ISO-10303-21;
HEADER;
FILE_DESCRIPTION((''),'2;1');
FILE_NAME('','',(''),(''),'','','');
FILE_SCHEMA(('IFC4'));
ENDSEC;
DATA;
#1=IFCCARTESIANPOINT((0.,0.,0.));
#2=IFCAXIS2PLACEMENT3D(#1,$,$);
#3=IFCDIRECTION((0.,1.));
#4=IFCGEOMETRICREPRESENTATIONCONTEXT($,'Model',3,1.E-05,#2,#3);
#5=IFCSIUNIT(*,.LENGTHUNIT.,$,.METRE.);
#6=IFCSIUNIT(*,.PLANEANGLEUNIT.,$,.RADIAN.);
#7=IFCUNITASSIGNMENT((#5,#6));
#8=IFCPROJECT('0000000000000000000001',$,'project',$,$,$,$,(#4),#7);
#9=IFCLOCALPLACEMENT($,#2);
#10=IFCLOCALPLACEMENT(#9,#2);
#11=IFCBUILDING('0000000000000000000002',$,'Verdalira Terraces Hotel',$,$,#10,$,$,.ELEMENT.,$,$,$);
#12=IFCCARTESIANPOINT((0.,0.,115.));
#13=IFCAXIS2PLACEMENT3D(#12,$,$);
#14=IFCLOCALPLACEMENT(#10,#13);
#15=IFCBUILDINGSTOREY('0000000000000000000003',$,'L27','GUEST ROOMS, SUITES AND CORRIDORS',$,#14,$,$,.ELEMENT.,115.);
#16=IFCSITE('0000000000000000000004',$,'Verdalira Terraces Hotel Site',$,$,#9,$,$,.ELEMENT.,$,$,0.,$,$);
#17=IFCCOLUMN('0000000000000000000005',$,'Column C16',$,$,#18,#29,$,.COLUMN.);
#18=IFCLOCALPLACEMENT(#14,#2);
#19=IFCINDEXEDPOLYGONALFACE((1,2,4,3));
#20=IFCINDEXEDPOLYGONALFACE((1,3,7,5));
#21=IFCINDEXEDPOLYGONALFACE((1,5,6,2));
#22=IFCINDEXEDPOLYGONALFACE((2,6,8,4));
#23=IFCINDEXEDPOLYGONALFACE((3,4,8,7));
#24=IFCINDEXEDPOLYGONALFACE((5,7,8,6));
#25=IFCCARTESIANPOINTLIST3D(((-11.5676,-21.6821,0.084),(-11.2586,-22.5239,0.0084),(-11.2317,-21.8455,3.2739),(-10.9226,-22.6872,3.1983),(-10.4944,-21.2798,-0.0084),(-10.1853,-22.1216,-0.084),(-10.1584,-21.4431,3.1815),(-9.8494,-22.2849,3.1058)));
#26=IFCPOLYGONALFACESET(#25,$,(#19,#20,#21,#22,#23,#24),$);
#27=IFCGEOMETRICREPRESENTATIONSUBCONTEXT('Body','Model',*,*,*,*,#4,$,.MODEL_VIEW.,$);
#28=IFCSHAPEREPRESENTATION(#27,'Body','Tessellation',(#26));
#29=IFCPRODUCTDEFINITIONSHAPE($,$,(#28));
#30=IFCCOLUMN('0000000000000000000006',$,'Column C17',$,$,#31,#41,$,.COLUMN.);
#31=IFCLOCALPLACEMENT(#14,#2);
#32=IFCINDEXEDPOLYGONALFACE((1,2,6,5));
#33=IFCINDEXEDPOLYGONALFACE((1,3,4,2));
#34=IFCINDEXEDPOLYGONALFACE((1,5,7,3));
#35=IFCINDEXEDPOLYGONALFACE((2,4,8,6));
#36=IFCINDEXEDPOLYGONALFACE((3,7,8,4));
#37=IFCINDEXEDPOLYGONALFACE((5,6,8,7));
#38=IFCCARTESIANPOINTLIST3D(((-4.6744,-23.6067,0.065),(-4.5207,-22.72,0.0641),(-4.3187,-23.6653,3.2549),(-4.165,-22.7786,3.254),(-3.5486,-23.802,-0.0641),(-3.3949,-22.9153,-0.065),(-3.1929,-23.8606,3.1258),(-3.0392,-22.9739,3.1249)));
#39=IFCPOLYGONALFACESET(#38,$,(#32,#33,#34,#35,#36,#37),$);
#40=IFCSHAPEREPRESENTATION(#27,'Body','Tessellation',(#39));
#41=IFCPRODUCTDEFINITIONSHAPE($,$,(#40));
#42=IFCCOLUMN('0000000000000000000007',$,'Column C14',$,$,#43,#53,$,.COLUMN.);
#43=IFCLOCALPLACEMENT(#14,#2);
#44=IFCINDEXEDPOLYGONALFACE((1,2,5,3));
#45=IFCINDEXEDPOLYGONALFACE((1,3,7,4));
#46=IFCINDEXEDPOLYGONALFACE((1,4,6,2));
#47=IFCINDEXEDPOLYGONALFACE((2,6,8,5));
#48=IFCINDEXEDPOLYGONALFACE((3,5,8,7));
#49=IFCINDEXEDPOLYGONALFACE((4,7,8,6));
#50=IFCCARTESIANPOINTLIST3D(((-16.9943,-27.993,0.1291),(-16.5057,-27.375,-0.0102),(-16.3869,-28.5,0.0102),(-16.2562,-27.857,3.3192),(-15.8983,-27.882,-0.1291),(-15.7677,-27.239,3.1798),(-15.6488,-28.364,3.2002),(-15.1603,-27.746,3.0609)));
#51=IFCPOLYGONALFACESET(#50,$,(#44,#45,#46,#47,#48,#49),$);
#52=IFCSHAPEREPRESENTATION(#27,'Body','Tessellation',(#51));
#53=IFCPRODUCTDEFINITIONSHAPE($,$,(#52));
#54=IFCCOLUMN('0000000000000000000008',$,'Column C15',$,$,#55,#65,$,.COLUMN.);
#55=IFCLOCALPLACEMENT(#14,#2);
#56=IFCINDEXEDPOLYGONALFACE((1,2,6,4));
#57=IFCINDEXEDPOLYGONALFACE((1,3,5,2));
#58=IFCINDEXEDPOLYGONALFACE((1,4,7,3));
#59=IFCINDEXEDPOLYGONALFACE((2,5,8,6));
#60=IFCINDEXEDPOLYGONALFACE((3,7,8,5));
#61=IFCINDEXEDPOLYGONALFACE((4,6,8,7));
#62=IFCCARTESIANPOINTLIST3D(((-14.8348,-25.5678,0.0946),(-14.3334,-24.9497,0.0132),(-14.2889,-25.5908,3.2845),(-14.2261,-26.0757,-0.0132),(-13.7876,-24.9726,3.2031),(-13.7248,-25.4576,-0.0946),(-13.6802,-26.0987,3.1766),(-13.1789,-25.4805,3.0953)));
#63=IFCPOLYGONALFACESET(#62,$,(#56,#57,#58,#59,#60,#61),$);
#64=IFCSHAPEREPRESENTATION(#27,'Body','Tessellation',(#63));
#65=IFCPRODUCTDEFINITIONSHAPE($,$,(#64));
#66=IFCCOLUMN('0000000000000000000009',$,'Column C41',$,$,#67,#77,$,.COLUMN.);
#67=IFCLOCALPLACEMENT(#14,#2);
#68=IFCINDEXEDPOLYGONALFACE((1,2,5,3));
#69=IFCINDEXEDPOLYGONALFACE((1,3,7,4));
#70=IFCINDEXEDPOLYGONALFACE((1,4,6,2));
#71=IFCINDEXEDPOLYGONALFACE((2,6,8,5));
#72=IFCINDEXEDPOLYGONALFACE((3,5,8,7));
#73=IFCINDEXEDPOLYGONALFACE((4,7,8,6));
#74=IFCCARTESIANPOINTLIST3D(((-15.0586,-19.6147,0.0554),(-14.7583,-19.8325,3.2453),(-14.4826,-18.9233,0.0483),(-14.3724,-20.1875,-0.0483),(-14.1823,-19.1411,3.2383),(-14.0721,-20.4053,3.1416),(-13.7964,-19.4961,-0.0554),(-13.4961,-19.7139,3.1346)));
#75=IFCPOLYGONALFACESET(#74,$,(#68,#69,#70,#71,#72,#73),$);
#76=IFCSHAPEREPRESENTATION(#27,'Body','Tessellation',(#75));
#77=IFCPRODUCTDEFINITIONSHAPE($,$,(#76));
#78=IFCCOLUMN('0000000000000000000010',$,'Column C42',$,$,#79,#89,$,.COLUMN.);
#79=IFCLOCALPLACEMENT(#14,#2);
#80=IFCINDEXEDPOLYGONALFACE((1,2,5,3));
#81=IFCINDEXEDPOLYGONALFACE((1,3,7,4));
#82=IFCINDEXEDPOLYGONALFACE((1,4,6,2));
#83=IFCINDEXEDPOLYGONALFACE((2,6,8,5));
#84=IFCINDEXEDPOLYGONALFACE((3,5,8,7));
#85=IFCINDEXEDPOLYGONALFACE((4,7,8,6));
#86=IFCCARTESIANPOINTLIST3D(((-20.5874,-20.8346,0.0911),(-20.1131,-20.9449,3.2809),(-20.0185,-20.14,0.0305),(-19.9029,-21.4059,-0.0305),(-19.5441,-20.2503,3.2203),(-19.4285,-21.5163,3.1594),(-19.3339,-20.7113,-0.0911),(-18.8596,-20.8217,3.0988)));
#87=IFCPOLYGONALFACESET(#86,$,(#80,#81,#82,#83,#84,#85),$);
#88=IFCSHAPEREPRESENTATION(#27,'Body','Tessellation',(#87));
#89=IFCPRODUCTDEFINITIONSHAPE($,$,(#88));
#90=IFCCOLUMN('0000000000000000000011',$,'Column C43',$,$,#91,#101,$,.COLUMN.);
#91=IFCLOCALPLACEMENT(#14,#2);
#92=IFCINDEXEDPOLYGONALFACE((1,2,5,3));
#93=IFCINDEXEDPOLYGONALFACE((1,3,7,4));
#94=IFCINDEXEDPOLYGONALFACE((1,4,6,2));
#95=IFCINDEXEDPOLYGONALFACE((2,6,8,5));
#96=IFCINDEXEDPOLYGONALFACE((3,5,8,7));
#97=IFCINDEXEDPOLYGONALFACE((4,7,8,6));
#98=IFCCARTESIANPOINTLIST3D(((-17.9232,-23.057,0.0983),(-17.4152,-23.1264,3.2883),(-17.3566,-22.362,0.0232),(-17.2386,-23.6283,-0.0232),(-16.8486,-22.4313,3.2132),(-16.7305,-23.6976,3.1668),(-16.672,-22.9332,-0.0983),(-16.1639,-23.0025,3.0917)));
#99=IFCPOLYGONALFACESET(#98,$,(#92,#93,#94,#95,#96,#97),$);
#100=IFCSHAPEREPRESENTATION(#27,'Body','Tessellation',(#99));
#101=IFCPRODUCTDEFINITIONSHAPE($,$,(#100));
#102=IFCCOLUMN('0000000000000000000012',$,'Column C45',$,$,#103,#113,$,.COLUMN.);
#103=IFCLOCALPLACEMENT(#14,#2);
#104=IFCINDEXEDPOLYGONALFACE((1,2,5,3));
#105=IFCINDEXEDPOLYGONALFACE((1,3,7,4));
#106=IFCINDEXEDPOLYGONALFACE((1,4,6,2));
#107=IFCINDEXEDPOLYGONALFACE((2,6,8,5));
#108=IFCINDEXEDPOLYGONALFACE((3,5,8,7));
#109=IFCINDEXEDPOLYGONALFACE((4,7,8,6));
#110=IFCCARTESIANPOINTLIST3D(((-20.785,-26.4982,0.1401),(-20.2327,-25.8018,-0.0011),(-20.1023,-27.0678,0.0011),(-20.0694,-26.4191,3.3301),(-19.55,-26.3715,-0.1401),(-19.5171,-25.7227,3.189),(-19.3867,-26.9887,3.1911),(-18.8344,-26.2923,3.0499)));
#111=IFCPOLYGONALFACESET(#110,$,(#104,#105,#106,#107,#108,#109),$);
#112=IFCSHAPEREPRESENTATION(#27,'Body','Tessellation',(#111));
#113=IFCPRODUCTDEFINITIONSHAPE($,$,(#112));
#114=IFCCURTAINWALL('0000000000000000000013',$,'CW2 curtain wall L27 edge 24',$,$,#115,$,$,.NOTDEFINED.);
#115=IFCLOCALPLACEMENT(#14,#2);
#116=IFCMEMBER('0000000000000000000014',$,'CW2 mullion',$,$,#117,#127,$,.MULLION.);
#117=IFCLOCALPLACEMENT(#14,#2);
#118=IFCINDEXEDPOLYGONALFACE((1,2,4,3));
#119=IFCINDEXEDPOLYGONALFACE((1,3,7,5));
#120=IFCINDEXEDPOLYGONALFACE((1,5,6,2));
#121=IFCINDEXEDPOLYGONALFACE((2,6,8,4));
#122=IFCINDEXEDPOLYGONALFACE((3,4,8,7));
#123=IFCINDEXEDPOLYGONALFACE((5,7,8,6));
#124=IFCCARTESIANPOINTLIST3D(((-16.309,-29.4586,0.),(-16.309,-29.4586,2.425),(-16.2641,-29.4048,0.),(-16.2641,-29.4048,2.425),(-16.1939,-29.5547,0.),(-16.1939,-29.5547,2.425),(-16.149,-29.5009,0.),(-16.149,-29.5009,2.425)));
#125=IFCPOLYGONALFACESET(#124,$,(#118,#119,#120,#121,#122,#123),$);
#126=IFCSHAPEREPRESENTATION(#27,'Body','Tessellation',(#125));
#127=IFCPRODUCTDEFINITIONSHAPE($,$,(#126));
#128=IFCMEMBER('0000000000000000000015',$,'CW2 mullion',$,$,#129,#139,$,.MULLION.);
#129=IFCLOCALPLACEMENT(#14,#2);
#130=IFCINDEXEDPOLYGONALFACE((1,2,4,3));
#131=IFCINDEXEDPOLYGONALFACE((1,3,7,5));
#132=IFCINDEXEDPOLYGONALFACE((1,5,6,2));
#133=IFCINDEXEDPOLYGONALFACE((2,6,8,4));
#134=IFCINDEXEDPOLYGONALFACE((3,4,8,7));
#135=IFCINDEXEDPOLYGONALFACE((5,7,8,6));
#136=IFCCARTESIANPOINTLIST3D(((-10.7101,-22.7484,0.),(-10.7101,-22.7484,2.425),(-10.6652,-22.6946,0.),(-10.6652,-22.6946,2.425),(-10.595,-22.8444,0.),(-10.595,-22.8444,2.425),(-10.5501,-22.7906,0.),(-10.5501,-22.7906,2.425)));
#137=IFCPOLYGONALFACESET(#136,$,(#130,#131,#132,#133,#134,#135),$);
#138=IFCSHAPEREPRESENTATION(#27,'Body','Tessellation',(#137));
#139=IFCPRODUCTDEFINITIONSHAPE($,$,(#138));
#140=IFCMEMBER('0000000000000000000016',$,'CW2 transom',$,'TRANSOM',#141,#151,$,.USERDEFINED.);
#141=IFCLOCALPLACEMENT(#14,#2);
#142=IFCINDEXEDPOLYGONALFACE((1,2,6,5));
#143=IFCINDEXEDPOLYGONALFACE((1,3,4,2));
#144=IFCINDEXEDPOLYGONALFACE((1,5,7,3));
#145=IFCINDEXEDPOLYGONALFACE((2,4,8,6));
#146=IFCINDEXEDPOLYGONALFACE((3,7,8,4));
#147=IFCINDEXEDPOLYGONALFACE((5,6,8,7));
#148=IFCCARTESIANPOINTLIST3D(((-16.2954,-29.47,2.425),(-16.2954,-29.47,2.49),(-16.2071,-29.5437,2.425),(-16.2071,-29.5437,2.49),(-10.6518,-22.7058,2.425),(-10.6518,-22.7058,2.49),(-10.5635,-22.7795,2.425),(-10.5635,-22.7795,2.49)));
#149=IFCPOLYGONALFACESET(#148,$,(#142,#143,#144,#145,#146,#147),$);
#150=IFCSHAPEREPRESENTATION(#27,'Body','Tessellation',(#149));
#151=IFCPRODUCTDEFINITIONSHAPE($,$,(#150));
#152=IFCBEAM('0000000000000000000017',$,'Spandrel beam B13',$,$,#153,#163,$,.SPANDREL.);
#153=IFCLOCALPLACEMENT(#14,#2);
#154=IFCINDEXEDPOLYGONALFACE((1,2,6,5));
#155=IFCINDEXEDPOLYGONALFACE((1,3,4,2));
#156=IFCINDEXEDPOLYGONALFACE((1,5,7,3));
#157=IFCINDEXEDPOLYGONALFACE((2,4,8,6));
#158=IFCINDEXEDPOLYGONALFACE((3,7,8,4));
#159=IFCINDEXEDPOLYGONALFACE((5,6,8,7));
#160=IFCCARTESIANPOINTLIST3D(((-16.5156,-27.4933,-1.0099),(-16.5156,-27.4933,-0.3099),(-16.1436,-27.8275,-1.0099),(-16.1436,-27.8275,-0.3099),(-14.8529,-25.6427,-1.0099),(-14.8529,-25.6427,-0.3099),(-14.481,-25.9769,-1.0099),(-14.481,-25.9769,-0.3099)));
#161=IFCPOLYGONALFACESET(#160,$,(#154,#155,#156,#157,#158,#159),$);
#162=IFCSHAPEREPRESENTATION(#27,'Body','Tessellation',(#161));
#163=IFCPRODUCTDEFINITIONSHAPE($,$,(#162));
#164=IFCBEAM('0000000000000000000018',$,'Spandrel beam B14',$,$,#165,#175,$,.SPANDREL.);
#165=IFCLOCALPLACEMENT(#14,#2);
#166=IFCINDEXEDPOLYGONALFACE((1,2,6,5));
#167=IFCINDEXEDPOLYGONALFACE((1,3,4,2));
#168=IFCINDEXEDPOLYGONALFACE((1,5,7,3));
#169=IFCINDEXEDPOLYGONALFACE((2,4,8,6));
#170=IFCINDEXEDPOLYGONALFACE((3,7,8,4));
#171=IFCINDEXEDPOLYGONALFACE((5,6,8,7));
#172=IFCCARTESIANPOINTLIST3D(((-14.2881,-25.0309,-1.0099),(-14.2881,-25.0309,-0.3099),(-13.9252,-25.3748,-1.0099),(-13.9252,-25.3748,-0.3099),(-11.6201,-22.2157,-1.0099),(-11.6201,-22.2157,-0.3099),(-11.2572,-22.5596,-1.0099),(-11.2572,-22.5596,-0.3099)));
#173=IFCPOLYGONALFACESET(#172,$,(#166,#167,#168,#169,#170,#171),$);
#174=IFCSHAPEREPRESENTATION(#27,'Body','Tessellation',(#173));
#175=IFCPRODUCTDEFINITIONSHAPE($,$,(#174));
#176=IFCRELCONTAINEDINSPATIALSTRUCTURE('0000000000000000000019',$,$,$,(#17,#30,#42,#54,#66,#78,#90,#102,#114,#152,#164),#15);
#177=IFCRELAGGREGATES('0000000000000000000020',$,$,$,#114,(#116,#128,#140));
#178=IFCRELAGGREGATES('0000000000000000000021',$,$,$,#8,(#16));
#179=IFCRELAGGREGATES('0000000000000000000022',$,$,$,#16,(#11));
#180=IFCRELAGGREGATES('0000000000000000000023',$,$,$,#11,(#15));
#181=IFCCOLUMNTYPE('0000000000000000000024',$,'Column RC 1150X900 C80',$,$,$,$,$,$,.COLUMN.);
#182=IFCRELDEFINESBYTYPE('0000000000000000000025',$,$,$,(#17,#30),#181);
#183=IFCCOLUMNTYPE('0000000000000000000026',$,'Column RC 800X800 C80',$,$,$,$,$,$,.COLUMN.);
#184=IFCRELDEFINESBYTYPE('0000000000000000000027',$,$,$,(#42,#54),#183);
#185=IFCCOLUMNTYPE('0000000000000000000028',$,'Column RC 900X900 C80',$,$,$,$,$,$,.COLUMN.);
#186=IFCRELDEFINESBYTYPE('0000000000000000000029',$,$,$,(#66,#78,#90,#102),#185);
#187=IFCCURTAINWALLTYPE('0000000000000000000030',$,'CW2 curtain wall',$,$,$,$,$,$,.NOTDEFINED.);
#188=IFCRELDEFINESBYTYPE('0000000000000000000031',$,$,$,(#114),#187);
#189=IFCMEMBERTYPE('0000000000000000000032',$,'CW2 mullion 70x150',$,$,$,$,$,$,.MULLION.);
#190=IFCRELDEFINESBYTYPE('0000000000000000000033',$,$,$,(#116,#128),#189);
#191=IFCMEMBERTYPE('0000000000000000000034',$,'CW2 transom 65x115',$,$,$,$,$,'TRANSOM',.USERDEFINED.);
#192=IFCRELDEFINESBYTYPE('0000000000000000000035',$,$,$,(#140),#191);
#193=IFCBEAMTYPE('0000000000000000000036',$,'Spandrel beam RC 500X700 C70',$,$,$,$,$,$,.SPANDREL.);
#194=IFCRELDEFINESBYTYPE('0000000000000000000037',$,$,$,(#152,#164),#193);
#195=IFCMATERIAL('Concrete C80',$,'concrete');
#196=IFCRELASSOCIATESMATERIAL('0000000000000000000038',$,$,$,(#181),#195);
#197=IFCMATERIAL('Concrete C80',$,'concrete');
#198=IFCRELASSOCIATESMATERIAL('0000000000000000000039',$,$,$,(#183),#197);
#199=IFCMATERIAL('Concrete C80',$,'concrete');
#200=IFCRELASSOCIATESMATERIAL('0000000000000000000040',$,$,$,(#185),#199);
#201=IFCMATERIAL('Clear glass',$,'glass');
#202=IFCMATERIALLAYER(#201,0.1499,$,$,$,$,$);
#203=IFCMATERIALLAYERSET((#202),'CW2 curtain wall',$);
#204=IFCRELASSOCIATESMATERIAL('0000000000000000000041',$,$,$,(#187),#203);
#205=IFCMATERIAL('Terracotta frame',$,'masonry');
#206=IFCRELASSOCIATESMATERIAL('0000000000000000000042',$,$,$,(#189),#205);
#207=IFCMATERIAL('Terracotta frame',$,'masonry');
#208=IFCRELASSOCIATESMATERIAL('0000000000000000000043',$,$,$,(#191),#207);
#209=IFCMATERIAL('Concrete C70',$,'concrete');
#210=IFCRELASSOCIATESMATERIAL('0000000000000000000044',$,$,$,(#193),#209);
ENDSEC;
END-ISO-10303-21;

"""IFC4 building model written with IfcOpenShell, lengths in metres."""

from ifc_helpers import new_model, si_unit, direction, frame, origin, origin_2d, place, context, subcontext, project, spatial, rectangle, extrude, material, layer, layer_set, material_profile, profile_set, type_object, element, aggregate, save


model = new_model("IFC4")

# Units and contexts
model_context = context("Model", 3, precision=1e-05, world=origin(), true_north=direction((0.0, 1.0)))
body_context = subcontext(model_context, "Body", "Model", "MODEL_VIEW")
ifc_project = project(units=[si_unit("LENGTHUNIT", "METRE"), si_unit("PLANEANGLEUNIT", "RADIAN")], contexts=[model_context])

# Site, building, storey
site_placement = place(None, origin())
site = spatial("IfcSite", under=ifc_project, at=site_placement, Name="Verdalira Terraces Hotel Site", CompositionType="ELEMENT", RefElevation=0.0)
building_placement = place(site_placement, origin())
building = spatial("IfcBuilding", under=site, at=building_placement, Name="Verdalira Terraces Hotel", CompositionType="ELEMENT")
storey_placement = place(building_placement, frame((0.0, 0.0, 115.0)))
storey = spatial("IfcBuildingStorey", under=building, at=storey_placement, Name="L27", Description="GUEST ROOMS, SUITES AND CORRIDORS", CompositionType="ELEMENT", Elevation=115.0)

# Columns
ifc_material_1 = material(Name="Concrete C80", Category="concrete")
ifc_material_profile_1 = material_profile(ifc_material_1, rectangle(XDim=1.1499, YDim=0.8999, at=origin_2d()), Name="RC 1150X900")
ifc_profile_set_1 = profile_set([ifc_material_profile_1], Name="Concrete C80")
column_type_1 = type_object("IfcColumnType", Name="Column RC 1150X900 C80", PredefinedType="COLUMN", material=ifc_profile_set_1)
column_1_placement = place(storey_placement, frame((-10.8765, -21.9019, 0.0), z_axis=(0.104597, -0.050854, 0.993214), x_axis=(-0.933337, -0.349887, 0.080376)))
element("IfcColumn", 1, at=column_1_placement, inside=storey, type_object=column_type_1, Name="Column C16", PredefinedType="COLUMN", context=body_context, shape_type="SweptSolid", body=[
    extrude(rectangle(XDim=1.1499, YDim=0.8999, at=origin_2d()), origin(), (0.0, 0.0, 1.0), 3.2117),
])
column_2_placement = place(storey_placement, frame((-4.0347, -23.261, 0.0), z_axis=(0.110805, -0.018252, 0.993675), x_axis=(0.979057, -0.169817, -0.112295)))
element("IfcColumn", 2, at=column_2_placement, inside=storey, type_object=column_type_1, Name="Column C17", PredefinedType="COLUMN", context=body_context, shape_type="SweptSolid", body=[
    extrude(rectangle(XDim=1.1499, YDim=0.8999, at=origin_2d()), origin(), (0.0, 0.0, 1.0), 3.2102),
])
ifc_material_2 = material(Name="Concrete C80", Category="concrete")
ifc_material_profile_2 = material_profile(ifc_material_2, rectangle(XDim=0.8, YDim=0.8, at=origin_2d()), Name="RC 800X800")
ifc_profile_set_2 = profile_set([ifc_material_profile_2], Name="Concrete C80")
column_type_2 = type_object("IfcColumnType", Name="Column RC 800X800 C80", PredefinedType="COLUMN", material=ifc_profile_set_2)
column_3_placement = place(storey_placement, frame((-16.4463, -27.9375, 0.0), z_axis=(0.225215, 0.041497, 0.973425), x_axis=(0.61066, 0.772492, -0.174216)))
element("IfcColumn", 3, at=column_3_placement, inside=storey, type_object=column_type_2, Name="Column C14", PredefinedType="COLUMN", context=body_context, shape_type="SweptSolid", body=[
    extrude(rectangle(XDim=0.8, YDim=0.8, at=origin_2d()), origin(), (0.0, 0.0, 1.0), 3.2771),
])
column_4_placement = place(storey_placement, frame((-14.2798, -25.5127, 0.0), z_axis=(0.168675, -0.007091, 0.985646), x_axis=(0.626664, 0.772627, -0.101683)))
element("IfcColumn", 4, at=column_4_placement, inside=storey, type_object=column_type_2, Name="Column C15", PredefinedType="COLUMN", context=body_context, shape_type="SweptSolid", body=[
    extrude(rectangle(XDim=0.8, YDim=0.8, at=origin_2d()), origin(), (0.0, 0.0, 1.0), 3.2363),
])
ifc_material_3 = material(Name="Concrete C80", Category="concrete")
ifc_material_profile_3 = material_profile(ifc_material_3, rectangle(XDim=0.8999, YDim=0.8999, at=origin_2d()), Name="RC 900X900")
ifc_profile_set_3 = profile_set([ifc_material_profile_3], Name="Concrete C80")
column_type_3 = type_object("IfcColumnType", Name="Column RC 900X900 C80", PredefinedType="COLUMN", material=ifc_profile_set_3)
column_5_placement = place(storey_placement, frame((-14.4275, -19.5554, 0.0), z_axis=(0.093507, -0.067812, 0.993307), x_axis=(-0.64007, -0.768277, 0.007805)))
element("IfcColumn", 5, at=column_5_placement, inside=storey, type_object=column_type_3, Name="Column C41", PredefinedType="COLUMN", context=body_context, shape_type="SweptSolid", body=[
    extrude(rectangle(XDim=0.8999, YDim=0.8999, at=origin_2d()), origin(), (0.0, 0.0, 1.0), 3.2114),
])
column_6_placement = place(storey_placement, frame((-19.9607, -20.7729, 0.0), z_axis=(0.147003, -0.034197, 0.988545), x_axis=(-0.632235, -0.771847, 0.067317)))
element("IfcColumn", 6, at=column_6_placement, inside=storey, type_object=column_type_3, Name="Column C42", PredefinedType="COLUMN", context=body_context, shape_type="SweptSolid", body=[
    extrude(rectangle(XDim=0.8999, YDim=0.8999, at=origin_2d()), origin(), (0.0, 0.0, 1.0), 3.2268),
])
column_7_placement = place(storey_placement, frame((-17.2976, -22.9951, 0.0), z_axis=(0.15725, -0.02146, 0.987326), x_axis=(-0.629623, -0.772402, 0.08349)))
element("IfcColumn", 7, at=column_7_placement, inside=storey, type_object=column_type_3, Name="Column C43", PredefinedType="COLUMN", context=body_context, shape_type="SweptSolid", body=[
    extrude(rectangle(XDim=0.8999, YDim=0.8999, at=origin_2d()), origin(), (0.0, 0.0, 1.0), 3.231),
])
column_8_placement = place(storey_placement, frame((-20.1675, -26.4348, 0.0), z_axis=(0.218819, 0.024189, 0.975466), x_axis=(-0.613707, -0.773796, 0.156856)))
element("IfcColumn", 8, at=column_8_placement, inside=storey, type_object=column_type_3, Name="Column C45", PredefinedType="COLUMN", context=body_context, shape_type="SweptSolid", body=[
    extrude(rectangle(XDim=0.8999, YDim=0.8999, at=origin_2d()), origin(), (0.0, 0.0, 1.0), 3.2703),
])

# Curtain wall, members
ifc_material_4 = material(Name="Clear glass", Category="glass")
ifc_layer_1 = layer(ifc_material_4, 0.1499)
ifc_layer_set_1 = layer_set([ifc_layer_1], Name="CW2 curtain wall")
curtain_wall_type = type_object("IfcCurtainWallType", Name="CW2 curtain wall", PredefinedType="NOTDEFINED", material=ifc_layer_set_1)
curtain_wall_placement = place(storey_placement, origin())
curtain_wall = element("IfcCurtainWall", 9, at=curtain_wall_placement, inside=storey, type_object=curtain_wall_type, Name="CW2 curtain wall L27 edge 24", PredefinedType="NOTDEFINED")
ifc_material_5 = material(Name="Terracotta frame", Category="masonry")
ifc_material_profile_4 = material_profile(ifc_material_5, rectangle(XDim=0.0701, YDim=0.1499, at=origin_2d()), Name="MU 70x150")
ifc_profile_set_4 = profile_set([ifc_material_profile_4], Name="Terracotta frame")
member_type_1 = type_object("IfcMemberType", Name="CW2 mullion 70x150", PredefinedType="MULLION", material=ifc_profile_set_4)
member_1_placement = place(storey_placement, frame((-16.229, -29.4797, 0.0), z_axis=(0.0, 0.0, 1.0), x_axis=(0.640646, 0.767836, 0.0)))
member_1 = element("IfcMember", 10, at=member_1_placement, type_object=member_type_1, Name="CW2 mullion", PredefinedType="MULLION", context=body_context, shape_type="SweptSolid", body=[
    extrude(rectangle(XDim=0.0701, YDim=0.1499, at=origin_2d()), origin(), (0.0, 0.0, 1.0), 2.425),
])
member_2_placement = place(storey_placement, frame((-10.6301, -22.7695, 0.0), z_axis=(0.0, 0.0, 1.0), x_axis=(0.640646, 0.767836, 0.0)))
member_2 = element("IfcMember", 11, at=member_2_placement, type_object=member_type_1, Name="CW2 mullion", PredefinedType="MULLION", context=body_context, shape_type="SweptSolid", body=[
    extrude(rectangle(XDim=0.0701, YDim=0.1499, at=origin_2d()), origin(), (0.0, 0.0, 1.0), 2.425),
])
ifc_material_6 = material(Name="Terracotta frame", Category="masonry")
ifc_material_profile_5 = material_profile(ifc_material_6, rectangle(XDim=0.115, YDim=0.0649, at=origin_2d()), Name="TR 65x115")
ifc_profile_set_5 = profile_set([ifc_material_profile_5], Name="Terracotta frame")
member_type_2 = type_object("IfcMemberType", Name="CW2 transom 65x115", ElementType="TRANSOM", PredefinedType="USERDEFINED", material=ifc_profile_set_5)
member_3_placement = place(storey_placement, frame((-16.2512, -29.5068, 2.4575), z_axis=(0.640637, 0.767844, 0.0), x_axis=(-0.767844, 0.640637, 0.0)))
member_3 = element("IfcMember", 12, at=member_3_placement, type_object=member_type_2, Name="CW2 transom", ObjectType="TRANSOM", PredefinedType="USERDEFINED", context=body_context, shape_type="SweptSolid", body=[
    extrude(rectangle(XDim=0.115, YDim=0.0649, at=origin_2d()), origin(), (0.0, 0.0, 1.0), 8.8093),
])

# Beams
ifc_material_7 = material(Name="Concrete C70", Category="concrete")
ifc_material_profile_6 = material_profile(ifc_material_7, rectangle(XDim=0.5, YDim=0.7, at=origin_2d()), Name="RC 500X700")
ifc_profile_set_6 = profile_set([ifc_material_profile_6], Name="Concrete C70")
beam_type = type_object("IfcBeamType", Name="Spandrel beam RC 500X700 C70", PredefinedType="SPANDREL", material=ifc_profile_set_6)
beam_1_placement = place(storey_placement, frame((-16.3296, -27.6604, -0.6599), z_axis=(0.668314, 0.743879, 0.0), x_axis=(-0.743879, 0.668314, 0.0)))
element("IfcBeam", 13, at=beam_1_placement, inside=storey, type_object=beam_type, Name="Spandrel beam B13", PredefinedType="SPANDREL", context=body_context, shape_type="SweptSolid", body=[
    extrude(rectangle(XDim=0.5, YDim=0.7, at=origin_2d()), origin(), (0.0, 0.0, 1.0), 2.4878),
])
beam_2_placement = place(storey_placement, frame((-14.1067, -25.2029, -0.6599), z_axis=(0.687874, 0.72583, 0.0), x_axis=(-0.72583, 0.687874, 0.0)))
element("IfcBeam", 14, at=beam_2_placement, inside=storey, type_object=beam_type, Name="Spandrel beam B14", PredefinedType="SPANDREL", context=body_context, shape_type="SweptSolid", body=[
    extrude(rectangle(XDim=0.5, YDim=0.7, at=origin_2d()), origin(), (0.0, 0.0, 1.0), 3.8787),
])

aggregate(curtain_wall, [member_1, member_2, member_3])

save(model, "model.ifc")
